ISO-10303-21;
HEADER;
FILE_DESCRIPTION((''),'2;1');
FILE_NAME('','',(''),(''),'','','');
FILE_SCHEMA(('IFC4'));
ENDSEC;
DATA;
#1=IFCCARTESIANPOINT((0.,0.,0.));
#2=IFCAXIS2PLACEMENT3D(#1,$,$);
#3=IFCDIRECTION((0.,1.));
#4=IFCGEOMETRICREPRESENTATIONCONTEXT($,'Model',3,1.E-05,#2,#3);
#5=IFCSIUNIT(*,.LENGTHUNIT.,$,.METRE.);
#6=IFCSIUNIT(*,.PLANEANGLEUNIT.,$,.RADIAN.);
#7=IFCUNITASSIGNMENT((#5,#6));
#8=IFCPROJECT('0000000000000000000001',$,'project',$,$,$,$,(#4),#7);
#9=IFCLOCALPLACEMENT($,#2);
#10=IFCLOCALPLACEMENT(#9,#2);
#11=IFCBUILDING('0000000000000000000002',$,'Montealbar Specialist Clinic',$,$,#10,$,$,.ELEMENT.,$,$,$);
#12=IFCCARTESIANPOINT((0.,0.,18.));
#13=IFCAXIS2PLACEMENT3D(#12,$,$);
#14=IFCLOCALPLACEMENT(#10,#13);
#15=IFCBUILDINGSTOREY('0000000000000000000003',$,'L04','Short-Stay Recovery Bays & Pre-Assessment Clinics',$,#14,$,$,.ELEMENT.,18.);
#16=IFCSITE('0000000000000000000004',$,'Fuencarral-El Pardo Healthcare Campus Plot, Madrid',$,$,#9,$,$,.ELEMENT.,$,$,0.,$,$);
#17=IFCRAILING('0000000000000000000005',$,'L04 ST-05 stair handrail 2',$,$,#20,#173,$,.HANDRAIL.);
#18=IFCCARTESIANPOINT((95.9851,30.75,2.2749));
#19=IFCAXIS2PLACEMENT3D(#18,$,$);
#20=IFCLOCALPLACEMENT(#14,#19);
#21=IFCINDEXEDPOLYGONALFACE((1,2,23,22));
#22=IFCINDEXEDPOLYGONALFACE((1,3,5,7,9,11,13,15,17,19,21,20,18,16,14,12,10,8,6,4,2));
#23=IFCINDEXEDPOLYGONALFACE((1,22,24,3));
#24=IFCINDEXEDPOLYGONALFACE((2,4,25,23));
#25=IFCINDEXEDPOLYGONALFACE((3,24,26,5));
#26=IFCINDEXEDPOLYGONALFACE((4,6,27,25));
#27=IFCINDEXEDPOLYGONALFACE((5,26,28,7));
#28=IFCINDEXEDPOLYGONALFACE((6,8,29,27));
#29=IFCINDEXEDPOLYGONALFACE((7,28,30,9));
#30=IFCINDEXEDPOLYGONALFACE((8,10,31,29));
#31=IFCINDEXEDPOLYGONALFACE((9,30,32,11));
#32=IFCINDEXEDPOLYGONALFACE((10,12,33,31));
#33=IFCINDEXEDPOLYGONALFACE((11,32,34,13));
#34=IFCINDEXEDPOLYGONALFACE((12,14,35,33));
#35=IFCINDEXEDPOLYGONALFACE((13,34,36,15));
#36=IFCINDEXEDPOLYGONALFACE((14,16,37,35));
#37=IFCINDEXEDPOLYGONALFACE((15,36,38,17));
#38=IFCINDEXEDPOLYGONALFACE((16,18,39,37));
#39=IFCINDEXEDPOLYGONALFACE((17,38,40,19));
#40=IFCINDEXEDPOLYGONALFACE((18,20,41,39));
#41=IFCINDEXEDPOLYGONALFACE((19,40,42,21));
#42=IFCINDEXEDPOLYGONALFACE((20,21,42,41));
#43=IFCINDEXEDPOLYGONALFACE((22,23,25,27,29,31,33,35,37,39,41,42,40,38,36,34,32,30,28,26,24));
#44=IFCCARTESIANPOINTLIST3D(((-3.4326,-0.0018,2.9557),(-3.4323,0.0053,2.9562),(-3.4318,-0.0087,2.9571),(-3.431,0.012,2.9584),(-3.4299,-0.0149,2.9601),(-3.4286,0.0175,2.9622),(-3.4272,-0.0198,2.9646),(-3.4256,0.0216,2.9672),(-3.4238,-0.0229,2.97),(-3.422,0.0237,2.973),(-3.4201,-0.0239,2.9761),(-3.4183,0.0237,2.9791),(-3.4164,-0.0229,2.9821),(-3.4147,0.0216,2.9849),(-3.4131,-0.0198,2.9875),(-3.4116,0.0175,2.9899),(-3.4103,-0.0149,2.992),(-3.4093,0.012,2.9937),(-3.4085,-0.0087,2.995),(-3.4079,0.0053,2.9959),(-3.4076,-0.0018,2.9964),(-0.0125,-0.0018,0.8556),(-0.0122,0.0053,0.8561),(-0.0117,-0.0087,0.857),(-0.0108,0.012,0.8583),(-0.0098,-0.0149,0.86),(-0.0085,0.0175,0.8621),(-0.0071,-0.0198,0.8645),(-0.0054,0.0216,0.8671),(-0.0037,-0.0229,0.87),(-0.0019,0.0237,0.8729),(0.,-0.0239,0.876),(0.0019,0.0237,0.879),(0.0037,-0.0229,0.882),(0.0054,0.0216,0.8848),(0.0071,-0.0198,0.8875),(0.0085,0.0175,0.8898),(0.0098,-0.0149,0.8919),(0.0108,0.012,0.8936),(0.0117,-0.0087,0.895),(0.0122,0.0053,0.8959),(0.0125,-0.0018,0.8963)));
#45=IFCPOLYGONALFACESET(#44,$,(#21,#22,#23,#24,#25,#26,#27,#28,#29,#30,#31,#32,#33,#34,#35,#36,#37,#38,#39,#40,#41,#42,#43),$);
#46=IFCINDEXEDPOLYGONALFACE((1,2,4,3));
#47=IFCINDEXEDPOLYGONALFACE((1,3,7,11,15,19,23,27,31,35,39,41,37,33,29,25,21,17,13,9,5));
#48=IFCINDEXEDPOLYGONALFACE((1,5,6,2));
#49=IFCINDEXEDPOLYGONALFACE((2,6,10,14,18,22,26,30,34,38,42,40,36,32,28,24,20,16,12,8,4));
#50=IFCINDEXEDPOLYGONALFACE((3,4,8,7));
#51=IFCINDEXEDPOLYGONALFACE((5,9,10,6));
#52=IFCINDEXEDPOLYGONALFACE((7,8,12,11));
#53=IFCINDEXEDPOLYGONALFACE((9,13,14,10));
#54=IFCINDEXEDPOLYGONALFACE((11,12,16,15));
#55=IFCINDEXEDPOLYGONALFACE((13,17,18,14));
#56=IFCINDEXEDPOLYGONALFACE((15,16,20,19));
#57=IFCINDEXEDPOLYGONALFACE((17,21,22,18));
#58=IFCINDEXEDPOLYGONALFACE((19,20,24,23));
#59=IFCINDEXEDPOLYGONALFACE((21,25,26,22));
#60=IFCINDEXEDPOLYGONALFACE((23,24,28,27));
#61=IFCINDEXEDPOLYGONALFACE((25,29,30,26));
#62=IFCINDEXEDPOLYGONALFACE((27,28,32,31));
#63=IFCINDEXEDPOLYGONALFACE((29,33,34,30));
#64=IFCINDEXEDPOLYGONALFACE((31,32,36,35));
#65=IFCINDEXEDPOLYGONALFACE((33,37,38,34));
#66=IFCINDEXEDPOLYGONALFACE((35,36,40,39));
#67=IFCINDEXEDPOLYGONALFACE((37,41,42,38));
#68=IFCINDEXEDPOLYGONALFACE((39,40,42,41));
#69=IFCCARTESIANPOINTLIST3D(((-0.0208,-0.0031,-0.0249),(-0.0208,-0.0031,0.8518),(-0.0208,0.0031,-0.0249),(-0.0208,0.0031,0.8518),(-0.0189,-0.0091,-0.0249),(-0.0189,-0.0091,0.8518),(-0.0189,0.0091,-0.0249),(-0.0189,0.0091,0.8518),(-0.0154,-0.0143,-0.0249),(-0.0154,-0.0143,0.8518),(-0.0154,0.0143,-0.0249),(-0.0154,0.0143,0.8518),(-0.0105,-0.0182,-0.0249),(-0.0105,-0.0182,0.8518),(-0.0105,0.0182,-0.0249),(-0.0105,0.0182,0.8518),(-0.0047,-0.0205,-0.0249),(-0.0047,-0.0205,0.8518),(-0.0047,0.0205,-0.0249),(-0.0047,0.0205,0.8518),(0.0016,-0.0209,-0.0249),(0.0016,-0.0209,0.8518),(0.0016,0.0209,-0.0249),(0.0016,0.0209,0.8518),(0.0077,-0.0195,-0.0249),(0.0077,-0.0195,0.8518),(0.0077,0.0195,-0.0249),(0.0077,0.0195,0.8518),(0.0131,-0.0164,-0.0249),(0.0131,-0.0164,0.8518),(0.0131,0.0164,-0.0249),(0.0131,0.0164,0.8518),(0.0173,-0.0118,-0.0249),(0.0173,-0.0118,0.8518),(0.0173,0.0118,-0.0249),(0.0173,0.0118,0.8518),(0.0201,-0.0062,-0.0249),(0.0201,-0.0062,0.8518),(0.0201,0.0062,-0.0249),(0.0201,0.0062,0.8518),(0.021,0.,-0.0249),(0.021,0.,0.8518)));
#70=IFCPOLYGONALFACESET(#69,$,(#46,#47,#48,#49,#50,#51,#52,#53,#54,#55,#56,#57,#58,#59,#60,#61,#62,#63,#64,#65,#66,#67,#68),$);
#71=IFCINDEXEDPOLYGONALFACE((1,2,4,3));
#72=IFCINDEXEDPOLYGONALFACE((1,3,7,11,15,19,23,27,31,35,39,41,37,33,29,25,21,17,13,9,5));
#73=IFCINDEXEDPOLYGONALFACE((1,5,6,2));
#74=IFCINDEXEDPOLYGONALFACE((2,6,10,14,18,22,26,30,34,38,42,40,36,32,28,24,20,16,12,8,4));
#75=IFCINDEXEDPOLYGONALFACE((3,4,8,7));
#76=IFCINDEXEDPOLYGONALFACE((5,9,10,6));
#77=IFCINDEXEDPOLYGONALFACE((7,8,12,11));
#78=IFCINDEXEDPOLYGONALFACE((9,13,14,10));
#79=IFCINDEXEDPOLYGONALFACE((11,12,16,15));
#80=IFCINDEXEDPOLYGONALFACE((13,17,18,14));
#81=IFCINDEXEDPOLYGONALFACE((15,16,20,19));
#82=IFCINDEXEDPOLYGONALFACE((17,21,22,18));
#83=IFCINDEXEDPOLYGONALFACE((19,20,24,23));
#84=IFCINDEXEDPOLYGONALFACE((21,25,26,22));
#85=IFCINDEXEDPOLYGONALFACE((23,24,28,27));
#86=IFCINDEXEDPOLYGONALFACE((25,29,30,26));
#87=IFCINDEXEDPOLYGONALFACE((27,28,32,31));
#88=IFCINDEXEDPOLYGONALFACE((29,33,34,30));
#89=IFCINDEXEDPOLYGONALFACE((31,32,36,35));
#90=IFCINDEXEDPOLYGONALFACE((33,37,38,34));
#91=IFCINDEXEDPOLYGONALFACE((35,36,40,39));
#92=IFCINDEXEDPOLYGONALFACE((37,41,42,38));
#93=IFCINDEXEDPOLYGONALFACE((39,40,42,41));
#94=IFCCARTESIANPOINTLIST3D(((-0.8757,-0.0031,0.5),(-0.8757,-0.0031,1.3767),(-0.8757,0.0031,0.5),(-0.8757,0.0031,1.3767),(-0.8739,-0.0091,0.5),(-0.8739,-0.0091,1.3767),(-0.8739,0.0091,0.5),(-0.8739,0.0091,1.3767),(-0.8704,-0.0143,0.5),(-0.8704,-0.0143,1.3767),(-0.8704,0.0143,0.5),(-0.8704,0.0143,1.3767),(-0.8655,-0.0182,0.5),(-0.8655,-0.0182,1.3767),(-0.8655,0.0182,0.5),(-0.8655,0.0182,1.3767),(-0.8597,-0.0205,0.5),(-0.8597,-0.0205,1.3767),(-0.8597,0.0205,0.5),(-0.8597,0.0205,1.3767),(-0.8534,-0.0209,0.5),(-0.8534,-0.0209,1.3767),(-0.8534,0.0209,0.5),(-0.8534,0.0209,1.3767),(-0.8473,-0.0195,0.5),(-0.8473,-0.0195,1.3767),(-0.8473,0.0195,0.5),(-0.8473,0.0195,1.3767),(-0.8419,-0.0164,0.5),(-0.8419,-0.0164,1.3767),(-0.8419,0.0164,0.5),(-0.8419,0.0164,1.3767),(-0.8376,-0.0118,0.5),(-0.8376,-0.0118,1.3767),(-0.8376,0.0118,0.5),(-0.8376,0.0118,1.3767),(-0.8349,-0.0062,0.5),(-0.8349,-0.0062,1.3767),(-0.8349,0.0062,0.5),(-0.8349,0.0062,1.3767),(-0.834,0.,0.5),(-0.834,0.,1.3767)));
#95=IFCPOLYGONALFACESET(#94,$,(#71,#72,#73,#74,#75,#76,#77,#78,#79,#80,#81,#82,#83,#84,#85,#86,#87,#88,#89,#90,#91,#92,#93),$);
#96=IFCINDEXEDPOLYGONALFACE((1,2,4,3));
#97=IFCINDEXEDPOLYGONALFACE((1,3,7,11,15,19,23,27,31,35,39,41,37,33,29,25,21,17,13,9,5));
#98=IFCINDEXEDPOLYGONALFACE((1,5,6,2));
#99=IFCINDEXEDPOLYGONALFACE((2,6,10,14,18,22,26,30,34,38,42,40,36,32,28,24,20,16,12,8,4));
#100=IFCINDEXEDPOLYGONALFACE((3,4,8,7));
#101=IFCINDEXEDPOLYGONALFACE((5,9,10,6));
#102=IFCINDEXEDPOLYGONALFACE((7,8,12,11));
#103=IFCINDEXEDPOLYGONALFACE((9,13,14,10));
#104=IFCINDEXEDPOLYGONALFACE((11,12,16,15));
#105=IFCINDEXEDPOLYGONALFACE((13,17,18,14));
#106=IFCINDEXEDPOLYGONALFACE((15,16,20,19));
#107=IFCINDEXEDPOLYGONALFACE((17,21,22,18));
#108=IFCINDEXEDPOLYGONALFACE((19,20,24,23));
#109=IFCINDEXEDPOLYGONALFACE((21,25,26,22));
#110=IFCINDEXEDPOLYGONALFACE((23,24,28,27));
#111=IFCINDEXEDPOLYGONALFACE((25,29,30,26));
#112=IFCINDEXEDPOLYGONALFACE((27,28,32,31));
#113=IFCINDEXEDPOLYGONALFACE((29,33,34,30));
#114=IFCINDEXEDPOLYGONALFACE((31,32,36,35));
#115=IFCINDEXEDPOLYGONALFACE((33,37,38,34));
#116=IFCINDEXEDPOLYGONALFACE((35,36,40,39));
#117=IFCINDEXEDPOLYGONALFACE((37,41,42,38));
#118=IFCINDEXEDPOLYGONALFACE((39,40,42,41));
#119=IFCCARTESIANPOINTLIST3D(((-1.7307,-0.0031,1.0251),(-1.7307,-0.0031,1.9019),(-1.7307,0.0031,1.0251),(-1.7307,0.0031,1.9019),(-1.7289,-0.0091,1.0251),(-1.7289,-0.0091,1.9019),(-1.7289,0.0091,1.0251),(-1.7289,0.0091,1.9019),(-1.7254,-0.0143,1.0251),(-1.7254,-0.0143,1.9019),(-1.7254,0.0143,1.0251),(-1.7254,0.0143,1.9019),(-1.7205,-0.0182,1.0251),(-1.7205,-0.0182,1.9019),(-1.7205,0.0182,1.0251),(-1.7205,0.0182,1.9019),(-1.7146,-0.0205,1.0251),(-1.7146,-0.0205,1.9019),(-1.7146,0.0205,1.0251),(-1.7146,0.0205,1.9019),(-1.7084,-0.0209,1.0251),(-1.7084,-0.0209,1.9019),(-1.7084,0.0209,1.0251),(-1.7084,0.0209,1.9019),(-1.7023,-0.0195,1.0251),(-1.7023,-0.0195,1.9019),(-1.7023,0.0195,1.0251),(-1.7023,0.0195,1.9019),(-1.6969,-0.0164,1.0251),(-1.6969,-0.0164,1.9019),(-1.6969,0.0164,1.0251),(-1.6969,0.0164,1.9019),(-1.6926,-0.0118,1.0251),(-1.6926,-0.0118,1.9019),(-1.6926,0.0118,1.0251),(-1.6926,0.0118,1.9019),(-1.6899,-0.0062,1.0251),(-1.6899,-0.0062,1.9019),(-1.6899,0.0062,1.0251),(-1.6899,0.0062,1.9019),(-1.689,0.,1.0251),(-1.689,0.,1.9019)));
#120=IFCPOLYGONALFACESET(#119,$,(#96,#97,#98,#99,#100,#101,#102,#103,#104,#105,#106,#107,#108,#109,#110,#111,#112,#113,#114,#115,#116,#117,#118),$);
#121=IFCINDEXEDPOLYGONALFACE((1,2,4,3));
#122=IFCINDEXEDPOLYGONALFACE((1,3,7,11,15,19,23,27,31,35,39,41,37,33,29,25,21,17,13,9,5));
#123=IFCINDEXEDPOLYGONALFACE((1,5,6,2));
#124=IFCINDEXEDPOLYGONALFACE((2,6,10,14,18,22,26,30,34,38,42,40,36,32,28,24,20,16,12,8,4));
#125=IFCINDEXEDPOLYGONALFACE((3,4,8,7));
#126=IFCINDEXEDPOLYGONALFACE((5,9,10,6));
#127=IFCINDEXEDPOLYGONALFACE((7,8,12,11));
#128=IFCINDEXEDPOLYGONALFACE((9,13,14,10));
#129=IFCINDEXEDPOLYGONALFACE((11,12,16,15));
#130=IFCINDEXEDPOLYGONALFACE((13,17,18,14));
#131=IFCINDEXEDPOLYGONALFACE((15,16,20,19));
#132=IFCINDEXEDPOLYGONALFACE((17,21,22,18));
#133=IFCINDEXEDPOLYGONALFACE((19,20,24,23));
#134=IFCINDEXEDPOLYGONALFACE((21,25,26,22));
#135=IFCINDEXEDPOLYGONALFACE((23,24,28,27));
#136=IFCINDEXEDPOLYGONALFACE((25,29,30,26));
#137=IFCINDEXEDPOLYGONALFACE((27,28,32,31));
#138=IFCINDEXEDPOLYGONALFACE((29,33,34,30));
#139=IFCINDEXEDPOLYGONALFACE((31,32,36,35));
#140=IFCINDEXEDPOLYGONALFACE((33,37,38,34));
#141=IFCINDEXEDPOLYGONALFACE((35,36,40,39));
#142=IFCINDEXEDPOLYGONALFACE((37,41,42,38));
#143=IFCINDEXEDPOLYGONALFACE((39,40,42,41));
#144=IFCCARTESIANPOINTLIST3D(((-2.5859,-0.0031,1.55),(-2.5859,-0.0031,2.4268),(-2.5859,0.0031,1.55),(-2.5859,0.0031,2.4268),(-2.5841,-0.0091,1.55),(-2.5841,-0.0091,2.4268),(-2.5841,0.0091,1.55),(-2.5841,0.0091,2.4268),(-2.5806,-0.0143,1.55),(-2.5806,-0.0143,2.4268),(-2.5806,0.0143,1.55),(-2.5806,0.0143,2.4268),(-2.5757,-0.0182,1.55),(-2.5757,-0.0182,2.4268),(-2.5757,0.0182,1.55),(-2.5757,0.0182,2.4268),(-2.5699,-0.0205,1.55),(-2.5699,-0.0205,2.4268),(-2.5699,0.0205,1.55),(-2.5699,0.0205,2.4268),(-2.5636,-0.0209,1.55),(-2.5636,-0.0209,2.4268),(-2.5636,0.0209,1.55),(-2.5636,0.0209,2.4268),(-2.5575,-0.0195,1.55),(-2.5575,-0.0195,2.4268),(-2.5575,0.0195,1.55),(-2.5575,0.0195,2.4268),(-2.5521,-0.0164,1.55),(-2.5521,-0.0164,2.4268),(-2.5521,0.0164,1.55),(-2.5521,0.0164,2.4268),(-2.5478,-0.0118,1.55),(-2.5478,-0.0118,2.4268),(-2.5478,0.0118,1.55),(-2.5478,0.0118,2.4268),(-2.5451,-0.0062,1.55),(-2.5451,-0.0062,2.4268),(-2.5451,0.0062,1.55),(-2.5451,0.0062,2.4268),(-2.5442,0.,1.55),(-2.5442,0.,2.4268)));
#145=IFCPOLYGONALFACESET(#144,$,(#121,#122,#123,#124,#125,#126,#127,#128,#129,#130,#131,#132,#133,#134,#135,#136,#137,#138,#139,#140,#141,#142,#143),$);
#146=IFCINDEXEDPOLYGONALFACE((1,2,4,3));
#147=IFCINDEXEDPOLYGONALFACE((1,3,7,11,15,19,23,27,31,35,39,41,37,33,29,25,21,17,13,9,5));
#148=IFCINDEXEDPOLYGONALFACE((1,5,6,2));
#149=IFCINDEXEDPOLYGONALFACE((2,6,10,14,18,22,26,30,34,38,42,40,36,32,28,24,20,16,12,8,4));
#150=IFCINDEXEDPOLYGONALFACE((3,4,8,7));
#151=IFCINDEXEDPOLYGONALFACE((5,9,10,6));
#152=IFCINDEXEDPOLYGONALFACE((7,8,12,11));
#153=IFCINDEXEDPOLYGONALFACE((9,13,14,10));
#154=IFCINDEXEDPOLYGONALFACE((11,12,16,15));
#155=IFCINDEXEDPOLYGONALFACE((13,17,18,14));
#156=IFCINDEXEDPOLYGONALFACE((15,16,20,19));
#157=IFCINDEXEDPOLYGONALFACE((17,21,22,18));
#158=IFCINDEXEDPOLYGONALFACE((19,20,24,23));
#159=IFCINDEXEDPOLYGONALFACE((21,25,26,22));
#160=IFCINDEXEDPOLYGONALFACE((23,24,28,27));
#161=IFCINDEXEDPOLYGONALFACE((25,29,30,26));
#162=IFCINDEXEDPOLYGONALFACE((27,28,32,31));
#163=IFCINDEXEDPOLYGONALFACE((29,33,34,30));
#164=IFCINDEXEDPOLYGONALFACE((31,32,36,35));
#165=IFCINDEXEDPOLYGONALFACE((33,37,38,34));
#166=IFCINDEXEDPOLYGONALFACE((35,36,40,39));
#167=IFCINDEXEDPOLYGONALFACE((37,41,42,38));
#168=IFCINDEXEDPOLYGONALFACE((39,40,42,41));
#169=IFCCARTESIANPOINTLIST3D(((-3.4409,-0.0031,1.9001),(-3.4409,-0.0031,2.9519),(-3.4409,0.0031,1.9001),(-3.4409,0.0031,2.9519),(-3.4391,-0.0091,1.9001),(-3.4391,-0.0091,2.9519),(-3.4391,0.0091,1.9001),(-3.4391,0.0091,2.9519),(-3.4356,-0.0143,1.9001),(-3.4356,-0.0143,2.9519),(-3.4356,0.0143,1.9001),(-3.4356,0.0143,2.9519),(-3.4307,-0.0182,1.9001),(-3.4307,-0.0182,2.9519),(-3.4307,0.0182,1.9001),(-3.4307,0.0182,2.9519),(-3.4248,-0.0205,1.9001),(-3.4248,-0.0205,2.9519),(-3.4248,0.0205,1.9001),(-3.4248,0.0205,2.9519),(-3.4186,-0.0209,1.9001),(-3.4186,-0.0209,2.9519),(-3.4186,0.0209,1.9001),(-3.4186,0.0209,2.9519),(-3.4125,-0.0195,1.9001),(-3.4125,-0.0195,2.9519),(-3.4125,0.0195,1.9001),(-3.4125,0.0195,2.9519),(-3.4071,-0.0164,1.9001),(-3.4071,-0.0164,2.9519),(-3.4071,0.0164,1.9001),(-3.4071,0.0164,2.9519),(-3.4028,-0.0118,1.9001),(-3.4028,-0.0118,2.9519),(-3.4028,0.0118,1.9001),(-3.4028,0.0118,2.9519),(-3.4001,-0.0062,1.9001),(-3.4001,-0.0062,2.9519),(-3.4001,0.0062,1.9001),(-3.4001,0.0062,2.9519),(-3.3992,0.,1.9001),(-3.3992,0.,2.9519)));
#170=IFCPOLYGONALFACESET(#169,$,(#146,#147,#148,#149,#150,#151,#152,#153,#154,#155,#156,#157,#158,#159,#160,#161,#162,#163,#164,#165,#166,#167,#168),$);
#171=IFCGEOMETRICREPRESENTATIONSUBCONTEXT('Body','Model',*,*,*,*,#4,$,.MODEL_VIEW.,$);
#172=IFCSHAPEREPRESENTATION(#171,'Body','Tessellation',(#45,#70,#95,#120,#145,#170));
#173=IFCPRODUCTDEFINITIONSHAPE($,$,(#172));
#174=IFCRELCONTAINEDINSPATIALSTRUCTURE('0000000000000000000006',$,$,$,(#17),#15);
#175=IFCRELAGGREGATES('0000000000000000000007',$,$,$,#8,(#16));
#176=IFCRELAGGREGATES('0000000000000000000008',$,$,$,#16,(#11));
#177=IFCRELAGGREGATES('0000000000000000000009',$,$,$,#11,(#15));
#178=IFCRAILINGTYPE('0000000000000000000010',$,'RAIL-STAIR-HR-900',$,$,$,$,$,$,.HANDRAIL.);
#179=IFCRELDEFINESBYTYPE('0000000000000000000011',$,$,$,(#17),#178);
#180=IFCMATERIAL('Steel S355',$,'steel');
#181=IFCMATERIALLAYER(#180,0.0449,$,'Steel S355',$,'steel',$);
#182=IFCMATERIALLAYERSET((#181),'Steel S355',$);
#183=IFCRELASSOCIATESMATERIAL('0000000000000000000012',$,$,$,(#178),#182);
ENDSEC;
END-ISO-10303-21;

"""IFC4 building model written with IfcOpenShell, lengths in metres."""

from ifc_helpers import new_model, si_unit, direction, frame, origin, origin_2d, place, context, subcontext, project, spatial, circle, extrude, material, layer, layer_set, type_object, element, save


model = new_model("IFC4")

# Units and contexts
model_context = context("Model", 3, precision=1e-05, world=origin(), true_north=direction((0.0, 1.0)))
body_context = subcontext(model_context, "Body", "Model", "MODEL_VIEW")
ifc_project = project(units=[si_unit("LENGTHUNIT", "METRE"), si_unit("PLANEANGLEUNIT", "RADIAN")], contexts=[model_context])

# Site, building, storey
site_placement = place(None, origin())
site = spatial("IfcSite", under=ifc_project, at=site_placement, Name="Fuencarral-El Pardo Healthcare Campus Plot, Madrid", CompositionType="ELEMENT", RefElevation=0.0)
building_placement = place(site_placement, origin())
building = spatial("IfcBuilding", under=site, at=building_placement, Name="Montealbar Specialist Clinic", CompositionType="ELEMENT")
storey_placement = place(building_placement, frame((0.0, 0.0, 18.0)))
storey = spatial("IfcBuildingStorey", under=building, at=storey_placement, Name="L04", Description="Short-Stay Recovery Bays & Pre-Assessment Clinics", CompositionType="ELEMENT", Elevation=18.0)

# Shared definitions
ifc_material_1 = material(Name="Steel S355", Category="steel")

# Railing
ifc_layer_1 = layer(ifc_material_1, 0.0449, Name="Steel S355", Category="steel")
ifc_layer_set_1 = layer_set([ifc_layer_1], Name="Steel S355")
railing_type_1 = type_object("IfcRailingType", Name="RAIL-STAIR-HR-900", PredefinedType="HANDRAIL", material=ifc_layer_set_1)
railing_1_placement = place(storey_placement, frame((95.9851, 30.75, 2.2749)))
element("IfcRailing", 1, at=railing_1_placement, inside=storey, type_object=railing_type_1, Name="L04 ST-05 stair handrail 2", PredefinedType="HANDRAIL", context=body_context, shape_type="SweptSolid", body=[
    extrude(circle(Radius=0.0239, at=origin_2d()), frame((0.0, 0.0, 0.876), z_axis=(-0.852172, 0.0, 0.523262), x_axis=(0.0, -1.0, 0.0)), (0.0, 0.0, 1.0), 4.0134),
    extrude(circle(Radius=0.021, at=origin_2d()), frame((0.0, 0.0, -0.0249)), (0.0, 0.0, 1.0), 0.8767),
    extrude(circle(Radius=0.021, at=origin_2d()), frame((-0.855, 0.0, 0.5)), (0.0, 0.0, 1.0), 0.8767),
    extrude(circle(Radius=0.021, at=origin_2d()), frame((-1.71, 0.0, 1.0251)), (0.0, 0.0, 1.0), 0.8767),
    extrude(circle(Radius=0.021, at=origin_2d()), frame((-2.5652, 0.0, 1.55)), (0.0, 0.0, 1.0), 0.8767),
    extrude(circle(Radius=0.021, at=origin_2d()), frame((-3.4202, 0.0, 1.9001)), (0.0, 0.0, 1.0), 1.0518),
])

save(model, "model.ifc")
